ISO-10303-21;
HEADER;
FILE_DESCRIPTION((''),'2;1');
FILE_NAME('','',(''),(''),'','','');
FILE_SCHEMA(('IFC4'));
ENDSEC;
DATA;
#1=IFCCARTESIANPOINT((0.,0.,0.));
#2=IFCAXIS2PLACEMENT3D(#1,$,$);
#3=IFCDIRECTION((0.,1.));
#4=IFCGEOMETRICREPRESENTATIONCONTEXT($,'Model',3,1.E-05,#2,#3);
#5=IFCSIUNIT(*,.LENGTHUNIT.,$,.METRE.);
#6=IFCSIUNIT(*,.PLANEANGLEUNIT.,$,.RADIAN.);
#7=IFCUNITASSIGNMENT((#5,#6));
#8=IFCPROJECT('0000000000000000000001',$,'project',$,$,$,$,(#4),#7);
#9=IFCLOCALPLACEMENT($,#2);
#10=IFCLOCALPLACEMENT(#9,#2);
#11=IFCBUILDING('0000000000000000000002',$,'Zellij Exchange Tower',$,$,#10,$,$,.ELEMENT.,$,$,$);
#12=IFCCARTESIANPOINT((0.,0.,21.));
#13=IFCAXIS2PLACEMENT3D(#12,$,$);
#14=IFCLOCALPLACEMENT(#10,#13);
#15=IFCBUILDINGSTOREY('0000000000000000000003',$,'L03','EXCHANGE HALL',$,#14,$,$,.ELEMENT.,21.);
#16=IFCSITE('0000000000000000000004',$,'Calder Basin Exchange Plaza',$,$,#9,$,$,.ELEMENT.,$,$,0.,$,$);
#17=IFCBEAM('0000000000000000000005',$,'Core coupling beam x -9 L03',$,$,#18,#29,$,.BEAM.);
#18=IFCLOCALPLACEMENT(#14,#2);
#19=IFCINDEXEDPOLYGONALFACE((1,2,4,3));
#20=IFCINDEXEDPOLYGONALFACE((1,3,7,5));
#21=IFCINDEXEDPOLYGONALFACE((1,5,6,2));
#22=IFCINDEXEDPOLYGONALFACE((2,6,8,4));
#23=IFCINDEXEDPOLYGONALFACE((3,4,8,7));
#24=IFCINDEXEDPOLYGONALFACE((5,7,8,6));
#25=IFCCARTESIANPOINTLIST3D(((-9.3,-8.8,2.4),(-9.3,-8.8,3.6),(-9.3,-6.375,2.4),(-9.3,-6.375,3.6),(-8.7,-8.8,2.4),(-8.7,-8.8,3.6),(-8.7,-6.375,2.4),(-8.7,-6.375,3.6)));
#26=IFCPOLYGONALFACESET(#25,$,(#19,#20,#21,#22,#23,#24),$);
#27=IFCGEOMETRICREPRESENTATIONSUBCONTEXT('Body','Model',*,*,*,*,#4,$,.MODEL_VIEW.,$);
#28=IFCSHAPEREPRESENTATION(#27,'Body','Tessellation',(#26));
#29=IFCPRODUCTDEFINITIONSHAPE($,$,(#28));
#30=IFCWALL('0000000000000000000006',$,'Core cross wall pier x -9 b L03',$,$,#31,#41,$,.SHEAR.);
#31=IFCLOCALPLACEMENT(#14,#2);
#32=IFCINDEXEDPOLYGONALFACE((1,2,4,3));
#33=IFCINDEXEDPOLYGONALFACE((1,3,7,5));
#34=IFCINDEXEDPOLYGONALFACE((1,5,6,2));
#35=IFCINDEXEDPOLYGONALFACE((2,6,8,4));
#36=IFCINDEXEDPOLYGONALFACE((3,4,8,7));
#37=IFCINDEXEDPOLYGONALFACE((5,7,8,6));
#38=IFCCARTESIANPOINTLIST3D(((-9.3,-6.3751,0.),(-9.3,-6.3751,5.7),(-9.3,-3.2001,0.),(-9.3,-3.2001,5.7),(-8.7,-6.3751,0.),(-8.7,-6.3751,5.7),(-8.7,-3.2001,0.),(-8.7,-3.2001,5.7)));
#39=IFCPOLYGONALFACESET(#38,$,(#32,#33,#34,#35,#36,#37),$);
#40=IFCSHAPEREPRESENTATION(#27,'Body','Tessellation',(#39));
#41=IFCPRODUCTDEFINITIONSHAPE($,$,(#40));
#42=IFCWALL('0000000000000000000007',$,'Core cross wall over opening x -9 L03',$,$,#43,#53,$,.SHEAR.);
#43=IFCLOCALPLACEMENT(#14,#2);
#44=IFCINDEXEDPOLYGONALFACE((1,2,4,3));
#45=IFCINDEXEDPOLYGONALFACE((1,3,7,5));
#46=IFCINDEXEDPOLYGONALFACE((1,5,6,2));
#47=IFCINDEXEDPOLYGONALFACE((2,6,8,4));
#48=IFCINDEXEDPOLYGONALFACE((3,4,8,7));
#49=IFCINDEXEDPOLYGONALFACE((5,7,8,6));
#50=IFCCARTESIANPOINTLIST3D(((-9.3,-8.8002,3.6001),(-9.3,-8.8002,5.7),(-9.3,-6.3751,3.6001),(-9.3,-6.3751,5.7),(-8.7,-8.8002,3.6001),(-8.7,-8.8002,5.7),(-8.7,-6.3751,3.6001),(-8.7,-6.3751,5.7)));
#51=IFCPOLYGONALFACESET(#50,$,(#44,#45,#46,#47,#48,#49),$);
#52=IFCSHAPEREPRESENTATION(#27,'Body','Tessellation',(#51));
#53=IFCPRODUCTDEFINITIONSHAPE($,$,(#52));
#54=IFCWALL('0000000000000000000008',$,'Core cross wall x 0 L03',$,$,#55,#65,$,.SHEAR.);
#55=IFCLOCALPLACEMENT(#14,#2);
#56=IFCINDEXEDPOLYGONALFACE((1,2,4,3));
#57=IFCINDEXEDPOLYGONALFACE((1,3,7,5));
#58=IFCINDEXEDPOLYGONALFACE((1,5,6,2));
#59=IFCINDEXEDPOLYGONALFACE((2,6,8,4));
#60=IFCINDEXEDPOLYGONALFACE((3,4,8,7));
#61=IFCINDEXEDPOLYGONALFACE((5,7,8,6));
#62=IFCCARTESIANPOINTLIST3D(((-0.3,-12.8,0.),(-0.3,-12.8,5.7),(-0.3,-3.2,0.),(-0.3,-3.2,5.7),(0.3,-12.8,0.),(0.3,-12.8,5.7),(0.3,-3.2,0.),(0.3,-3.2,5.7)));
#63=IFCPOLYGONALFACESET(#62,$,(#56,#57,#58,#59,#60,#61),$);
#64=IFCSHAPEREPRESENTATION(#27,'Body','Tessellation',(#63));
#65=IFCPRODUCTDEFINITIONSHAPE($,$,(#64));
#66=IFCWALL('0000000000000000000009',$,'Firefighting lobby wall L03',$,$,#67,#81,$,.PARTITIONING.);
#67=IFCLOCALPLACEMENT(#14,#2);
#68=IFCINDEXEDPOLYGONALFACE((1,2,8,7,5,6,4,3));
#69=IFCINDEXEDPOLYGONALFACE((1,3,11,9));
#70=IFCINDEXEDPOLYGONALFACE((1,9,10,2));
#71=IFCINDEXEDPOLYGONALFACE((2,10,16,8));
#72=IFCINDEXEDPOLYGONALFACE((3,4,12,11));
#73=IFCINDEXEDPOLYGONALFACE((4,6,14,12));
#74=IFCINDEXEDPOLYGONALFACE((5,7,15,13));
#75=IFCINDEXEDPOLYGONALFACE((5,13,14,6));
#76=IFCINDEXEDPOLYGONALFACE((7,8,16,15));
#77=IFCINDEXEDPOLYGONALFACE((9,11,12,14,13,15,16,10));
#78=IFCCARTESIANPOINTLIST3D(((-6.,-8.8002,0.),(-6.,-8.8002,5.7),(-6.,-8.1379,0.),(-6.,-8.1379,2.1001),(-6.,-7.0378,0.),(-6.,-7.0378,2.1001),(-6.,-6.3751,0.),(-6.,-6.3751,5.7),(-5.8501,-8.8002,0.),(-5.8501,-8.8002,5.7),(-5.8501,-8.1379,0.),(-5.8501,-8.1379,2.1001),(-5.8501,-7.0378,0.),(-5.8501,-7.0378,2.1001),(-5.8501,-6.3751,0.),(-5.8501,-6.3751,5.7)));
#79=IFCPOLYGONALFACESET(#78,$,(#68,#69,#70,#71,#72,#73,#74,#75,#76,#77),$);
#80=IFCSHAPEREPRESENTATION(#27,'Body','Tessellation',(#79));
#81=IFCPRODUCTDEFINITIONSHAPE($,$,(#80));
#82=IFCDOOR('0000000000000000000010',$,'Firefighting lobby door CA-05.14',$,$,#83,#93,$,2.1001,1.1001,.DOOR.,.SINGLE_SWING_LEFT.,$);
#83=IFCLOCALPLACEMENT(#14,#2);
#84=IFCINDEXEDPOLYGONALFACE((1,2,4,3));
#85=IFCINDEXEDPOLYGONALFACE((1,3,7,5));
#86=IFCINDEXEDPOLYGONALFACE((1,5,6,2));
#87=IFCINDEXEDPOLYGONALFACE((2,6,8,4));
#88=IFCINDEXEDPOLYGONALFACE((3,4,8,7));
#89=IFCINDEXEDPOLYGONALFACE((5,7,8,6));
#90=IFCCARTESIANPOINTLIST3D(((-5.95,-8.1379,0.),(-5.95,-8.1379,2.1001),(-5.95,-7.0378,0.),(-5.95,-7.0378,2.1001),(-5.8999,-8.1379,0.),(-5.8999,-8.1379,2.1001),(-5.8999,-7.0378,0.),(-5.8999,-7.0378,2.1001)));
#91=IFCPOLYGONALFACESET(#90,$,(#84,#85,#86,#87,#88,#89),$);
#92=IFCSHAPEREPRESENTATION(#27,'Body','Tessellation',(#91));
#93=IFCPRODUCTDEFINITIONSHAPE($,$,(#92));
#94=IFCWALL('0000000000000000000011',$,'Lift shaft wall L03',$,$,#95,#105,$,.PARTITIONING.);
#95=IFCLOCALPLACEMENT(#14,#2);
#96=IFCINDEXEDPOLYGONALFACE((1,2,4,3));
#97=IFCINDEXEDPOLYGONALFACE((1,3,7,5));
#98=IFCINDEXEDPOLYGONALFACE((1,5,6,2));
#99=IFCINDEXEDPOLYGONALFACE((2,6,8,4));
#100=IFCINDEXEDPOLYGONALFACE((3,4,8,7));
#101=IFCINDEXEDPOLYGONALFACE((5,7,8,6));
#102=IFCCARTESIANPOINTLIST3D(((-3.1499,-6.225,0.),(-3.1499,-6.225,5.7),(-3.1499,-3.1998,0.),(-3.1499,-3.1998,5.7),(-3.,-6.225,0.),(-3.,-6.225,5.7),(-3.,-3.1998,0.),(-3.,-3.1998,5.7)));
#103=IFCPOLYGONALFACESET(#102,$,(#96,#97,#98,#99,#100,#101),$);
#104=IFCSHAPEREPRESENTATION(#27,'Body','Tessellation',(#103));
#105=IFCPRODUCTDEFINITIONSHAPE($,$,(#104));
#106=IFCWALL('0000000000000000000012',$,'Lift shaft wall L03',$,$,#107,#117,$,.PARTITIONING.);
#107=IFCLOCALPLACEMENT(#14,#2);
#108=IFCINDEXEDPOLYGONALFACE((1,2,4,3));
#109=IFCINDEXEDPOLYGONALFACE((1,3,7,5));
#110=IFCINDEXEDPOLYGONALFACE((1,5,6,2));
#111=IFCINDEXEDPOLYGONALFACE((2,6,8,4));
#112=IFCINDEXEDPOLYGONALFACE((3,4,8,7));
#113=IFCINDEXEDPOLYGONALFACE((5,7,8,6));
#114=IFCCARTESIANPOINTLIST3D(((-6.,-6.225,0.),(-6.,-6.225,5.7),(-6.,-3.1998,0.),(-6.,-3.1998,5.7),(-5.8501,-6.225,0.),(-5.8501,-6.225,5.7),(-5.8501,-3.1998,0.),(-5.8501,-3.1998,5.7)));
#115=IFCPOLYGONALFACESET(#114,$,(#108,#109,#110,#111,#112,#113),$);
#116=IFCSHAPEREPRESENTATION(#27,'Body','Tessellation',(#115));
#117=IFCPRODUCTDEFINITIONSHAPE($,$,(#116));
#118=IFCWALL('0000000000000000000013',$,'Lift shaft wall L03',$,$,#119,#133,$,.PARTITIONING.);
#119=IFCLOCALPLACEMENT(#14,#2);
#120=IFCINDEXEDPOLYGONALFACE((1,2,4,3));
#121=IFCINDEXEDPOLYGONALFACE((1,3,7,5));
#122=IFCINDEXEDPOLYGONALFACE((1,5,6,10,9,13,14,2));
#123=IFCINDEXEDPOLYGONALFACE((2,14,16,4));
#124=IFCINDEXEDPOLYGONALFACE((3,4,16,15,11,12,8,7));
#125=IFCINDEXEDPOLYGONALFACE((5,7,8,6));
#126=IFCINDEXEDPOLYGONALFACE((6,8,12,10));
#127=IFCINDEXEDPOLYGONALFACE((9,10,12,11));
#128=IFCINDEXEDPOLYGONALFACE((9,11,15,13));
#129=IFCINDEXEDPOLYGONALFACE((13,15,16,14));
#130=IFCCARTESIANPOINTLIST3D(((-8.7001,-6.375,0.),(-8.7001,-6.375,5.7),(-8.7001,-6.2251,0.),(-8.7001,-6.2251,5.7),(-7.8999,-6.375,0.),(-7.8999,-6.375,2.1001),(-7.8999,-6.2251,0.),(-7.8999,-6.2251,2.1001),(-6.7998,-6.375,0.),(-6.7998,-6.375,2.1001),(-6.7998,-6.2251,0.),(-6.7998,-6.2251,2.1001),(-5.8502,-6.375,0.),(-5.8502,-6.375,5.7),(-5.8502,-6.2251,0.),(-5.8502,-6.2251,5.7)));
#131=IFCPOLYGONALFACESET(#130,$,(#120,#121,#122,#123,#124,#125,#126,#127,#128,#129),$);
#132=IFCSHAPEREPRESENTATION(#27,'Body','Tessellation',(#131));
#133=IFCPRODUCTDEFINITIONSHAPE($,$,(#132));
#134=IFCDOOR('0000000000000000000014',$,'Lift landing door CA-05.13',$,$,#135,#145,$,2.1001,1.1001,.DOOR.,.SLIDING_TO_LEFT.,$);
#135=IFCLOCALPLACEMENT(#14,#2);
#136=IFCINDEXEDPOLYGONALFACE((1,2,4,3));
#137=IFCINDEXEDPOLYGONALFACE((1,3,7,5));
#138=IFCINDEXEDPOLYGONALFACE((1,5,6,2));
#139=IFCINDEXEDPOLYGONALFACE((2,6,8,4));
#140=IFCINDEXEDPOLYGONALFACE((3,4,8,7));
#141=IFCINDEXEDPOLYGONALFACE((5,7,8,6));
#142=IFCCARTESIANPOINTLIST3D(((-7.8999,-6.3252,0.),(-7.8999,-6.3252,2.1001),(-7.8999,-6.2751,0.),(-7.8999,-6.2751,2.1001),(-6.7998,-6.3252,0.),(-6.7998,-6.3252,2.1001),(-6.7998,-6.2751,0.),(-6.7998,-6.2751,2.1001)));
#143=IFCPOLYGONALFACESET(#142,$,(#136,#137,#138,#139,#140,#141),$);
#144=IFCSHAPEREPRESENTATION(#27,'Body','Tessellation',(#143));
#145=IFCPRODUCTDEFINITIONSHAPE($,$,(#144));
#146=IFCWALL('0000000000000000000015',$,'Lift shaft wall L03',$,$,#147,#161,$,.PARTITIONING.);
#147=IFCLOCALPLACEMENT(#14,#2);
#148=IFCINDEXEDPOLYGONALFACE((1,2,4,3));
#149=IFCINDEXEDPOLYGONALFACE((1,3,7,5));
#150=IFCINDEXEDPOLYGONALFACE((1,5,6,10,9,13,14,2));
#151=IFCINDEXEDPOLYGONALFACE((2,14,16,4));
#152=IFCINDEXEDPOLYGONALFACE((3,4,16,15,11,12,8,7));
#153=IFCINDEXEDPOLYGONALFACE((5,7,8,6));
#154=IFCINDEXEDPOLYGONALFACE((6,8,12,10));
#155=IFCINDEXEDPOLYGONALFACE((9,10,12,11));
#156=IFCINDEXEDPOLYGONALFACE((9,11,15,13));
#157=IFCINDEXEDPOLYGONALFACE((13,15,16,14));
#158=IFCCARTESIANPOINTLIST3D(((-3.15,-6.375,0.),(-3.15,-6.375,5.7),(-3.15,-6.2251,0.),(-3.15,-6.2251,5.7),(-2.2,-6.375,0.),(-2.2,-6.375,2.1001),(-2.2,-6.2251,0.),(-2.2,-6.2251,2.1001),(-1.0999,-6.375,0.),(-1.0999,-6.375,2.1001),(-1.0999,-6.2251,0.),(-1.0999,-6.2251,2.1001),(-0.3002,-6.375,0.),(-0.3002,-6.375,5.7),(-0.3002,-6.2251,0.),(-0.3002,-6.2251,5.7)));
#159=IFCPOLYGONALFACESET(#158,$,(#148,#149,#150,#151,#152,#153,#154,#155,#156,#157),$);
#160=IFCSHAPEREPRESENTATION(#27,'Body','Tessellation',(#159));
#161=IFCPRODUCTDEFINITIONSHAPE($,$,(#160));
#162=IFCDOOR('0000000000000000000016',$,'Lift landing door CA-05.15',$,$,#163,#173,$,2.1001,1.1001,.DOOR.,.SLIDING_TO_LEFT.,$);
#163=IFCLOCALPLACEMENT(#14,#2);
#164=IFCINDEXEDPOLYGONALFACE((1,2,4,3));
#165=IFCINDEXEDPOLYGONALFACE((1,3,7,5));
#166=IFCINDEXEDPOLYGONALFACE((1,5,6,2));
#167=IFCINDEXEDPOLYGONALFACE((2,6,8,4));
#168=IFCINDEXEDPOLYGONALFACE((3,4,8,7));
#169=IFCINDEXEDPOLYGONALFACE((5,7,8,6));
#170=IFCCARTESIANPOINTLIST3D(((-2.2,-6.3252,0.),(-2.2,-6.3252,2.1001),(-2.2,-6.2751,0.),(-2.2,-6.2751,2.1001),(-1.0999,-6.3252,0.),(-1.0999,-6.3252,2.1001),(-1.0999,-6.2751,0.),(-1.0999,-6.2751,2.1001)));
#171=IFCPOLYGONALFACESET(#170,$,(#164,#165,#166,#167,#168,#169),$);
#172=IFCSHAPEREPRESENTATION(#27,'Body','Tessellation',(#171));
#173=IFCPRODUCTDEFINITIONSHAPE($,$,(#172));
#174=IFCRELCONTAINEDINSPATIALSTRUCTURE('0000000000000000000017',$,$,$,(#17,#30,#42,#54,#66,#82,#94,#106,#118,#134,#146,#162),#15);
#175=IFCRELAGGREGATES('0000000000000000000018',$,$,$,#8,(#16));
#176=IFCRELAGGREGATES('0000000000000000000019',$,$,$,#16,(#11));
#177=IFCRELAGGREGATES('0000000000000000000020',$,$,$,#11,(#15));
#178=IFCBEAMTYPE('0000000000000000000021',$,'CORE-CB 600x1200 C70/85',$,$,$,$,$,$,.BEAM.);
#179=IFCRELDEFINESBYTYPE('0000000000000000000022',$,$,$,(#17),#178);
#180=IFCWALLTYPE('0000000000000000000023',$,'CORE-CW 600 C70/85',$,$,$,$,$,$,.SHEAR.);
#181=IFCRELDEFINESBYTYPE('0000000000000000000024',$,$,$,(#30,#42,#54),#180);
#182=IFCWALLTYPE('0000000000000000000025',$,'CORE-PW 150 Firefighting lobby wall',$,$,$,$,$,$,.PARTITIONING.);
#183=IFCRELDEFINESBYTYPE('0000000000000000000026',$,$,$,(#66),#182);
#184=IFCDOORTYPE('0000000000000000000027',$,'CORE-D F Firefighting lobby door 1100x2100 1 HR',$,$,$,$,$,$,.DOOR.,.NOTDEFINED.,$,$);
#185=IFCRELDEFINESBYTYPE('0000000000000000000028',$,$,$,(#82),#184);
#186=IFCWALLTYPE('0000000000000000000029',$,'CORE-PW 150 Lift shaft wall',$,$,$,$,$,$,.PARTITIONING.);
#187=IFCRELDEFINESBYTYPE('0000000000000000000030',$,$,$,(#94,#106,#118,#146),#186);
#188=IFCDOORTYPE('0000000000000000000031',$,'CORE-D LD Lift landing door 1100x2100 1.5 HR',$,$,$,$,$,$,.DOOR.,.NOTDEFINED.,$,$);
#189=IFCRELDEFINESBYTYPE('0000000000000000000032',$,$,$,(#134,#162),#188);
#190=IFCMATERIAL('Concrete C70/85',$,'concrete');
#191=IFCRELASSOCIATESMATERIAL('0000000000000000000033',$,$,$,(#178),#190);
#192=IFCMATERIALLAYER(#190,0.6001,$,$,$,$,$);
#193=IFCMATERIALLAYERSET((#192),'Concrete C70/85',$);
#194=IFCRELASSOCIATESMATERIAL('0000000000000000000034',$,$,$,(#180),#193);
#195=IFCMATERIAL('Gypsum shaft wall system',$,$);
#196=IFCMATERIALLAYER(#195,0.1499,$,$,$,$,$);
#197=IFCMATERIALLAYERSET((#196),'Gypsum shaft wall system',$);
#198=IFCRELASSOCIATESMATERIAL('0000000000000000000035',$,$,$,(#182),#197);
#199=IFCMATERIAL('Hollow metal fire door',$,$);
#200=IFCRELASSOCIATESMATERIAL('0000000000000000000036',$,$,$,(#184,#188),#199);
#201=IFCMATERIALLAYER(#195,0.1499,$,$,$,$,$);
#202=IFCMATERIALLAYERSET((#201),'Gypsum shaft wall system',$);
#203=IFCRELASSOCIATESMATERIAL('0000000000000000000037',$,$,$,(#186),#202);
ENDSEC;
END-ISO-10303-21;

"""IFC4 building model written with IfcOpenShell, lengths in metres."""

from ifc_helpers import new_model, si_unit, direction, frame, frame_2d, origin, origin_2d, place, context, subcontext, project, spatial, rectangle, extrude, material, layer, layer_set, material_profile, profile_set, type_object, element, fill, save


model = new_model("IFC4")

# Units and contexts
model_context = context("Model", 3, precision=1e-05, world=origin(), true_north=direction((0.0, 1.0)))
body_context = subcontext(model_context, "Body", "Model", "MODEL_VIEW")
ifc_project = project(units=[si_unit("LENGTHUNIT", "METRE"), si_unit("PLANEANGLEUNIT", "RADIAN")], contexts=[model_context])

# Site, building, storey
site_placement = place(None, origin())
site = spatial("IfcSite", under=ifc_project, at=site_placement, Name="Calder Basin Exchange Plaza", CompositionType="ELEMENT", RefElevation=0.0)
building_placement = place(site_placement, origin())
building = spatial("IfcBuilding", under=site, at=building_placement, Name="Zellij Exchange Tower", CompositionType="ELEMENT")
storey_placement = place(building_placement, frame((0.0, 0.0, 21.0)))
storey = spatial("IfcBuildingStorey", under=building, at=storey_placement, Name="L03", Description="EXCHANGE HALL", CompositionType="ELEMENT", Elevation=21.0)

# Beam
ifc_material_1 = material(Name="Concrete C70/85", Category="concrete")
ifc_material_profile = material_profile(ifc_material_1, rectangle(XDim=0.6001, YDim=1.2, at=origin_2d()), Name="CORE-CB 600x1200 C70/85")
ifc_profile_set = profile_set([ifc_material_profile], Name="Concrete C70/85")
beam_type = type_object("IfcBeamType", Name="CORE-CB 600x1200 C70/85", PredefinedType="BEAM", material=ifc_profile_set)
beam_placement = place(storey_placement, frame((-9.0, -8.8, 3.0), z_axis=(0.0, 1.0, 0.0), x_axis=(-1.0, 0.0, 0.0)))
element("IfcBeam", 1, at=beam_placement, inside=storey, type_object=beam_type, Name="Core coupling beam x -9 L03", PredefinedType="BEAM", context=body_context, shape_type="SweptSolid", body=[
    extrude(rectangle(XDim=0.6001, YDim=1.2, at=origin_2d()), origin(), (0.0, 0.0, 1.0), 2.425),
])

# Walls
ifc_layer_1 = layer(ifc_material_1, 0.6001)
ifc_layer_set_1 = layer_set([ifc_layer_1], Name="Concrete C70/85")
wall_type_1 = type_object("IfcWallType", Name="CORE-CW 600 C70/85", PredefinedType="SHEAR", material=ifc_layer_set_1)
wall_1_placement = place(storey_placement, frame((-9.0, -6.375, 0.0), z_axis=(0.0, 0.0, 1.0), x_axis=(0.0, 1.0, 0.0)))
element("IfcWall", 2, at=wall_1_placement, inside=storey, type_object=wall_type_1, Name="Core cross wall pier x -9 b L03", PredefinedType="SHEAR", context=body_context, shape_type="SweptSolid", body=[
    extrude(rectangle(XDim=3.175, YDim=0.6001, at=frame_2d((1.5874, 0.0))), origin(), (0.0, 0.0, 1.0), 5.7),
])
wall_2_placement = place(storey_placement, frame((-9.0, -8.8, 3.6001), z_axis=(0.0, 0.0, 1.0), x_axis=(0.0, 1.0, 0.0)))
element("IfcWall", 3, at=wall_2_placement, inside=storey, type_object=wall_type_1, Name="Core cross wall over opening x -9 L03", PredefinedType="SHEAR", context=body_context, shape_type="SweptSolid", body=[
    extrude(rectangle(XDim=2.425, YDim=0.6001, at=frame_2d((1.2124, 0.0))), origin(), (0.0, 0.0, 1.0), 2.0999),
])
wall_3_placement = place(storey_placement, frame((0.0, -12.8, 0.0), z_axis=(0.0, 0.0, 1.0), x_axis=(0.0, 1.0, 0.0)))
element("IfcWall", 4, at=wall_3_placement, inside=storey, type_object=wall_type_1, Name="Core cross wall x 0 L03", PredefinedType="SHEAR", context=body_context, shape_type="SweptSolid", body=[
    extrude(rectangle(XDim=9.6001, YDim=0.6001, at=frame_2d((4.8, 0.0))), origin(), (0.0, 0.0, 1.0), 5.7),
])

# Wall, opening, door
ifc_material_2 = material(Name="Gypsum shaft wall system")
ifc_layer_2 = layer(ifc_material_2, 0.1499)
ifc_layer_set_2 = layer_set([ifc_layer_2], Name="Gypsum shaft wall system")
wall_type_2 = type_object("IfcWallType", Name="CORE-PW 150 Firefighting lobby wall", PredefinedType="PARTITIONING", material=ifc_layer_set_2)
wall_4_placement = place(storey_placement, frame((-5.925, -8.8, 0.0), z_axis=(0.0, 0.0, 1.0), x_axis=(0.0, 1.0, 0.0)))
wall_4 = element("IfcWall", 5, at=wall_4_placement, inside=storey, type_object=wall_type_2, Name="Firefighting lobby wall L03", PredefinedType="PARTITIONING", context=body_context, shape_type="SweptSolid", body=[
    extrude(rectangle(XDim=2.425, YDim=0.1499, at=frame_2d((1.2124, 0.0))), origin(), (0.0, 0.0, 1.0), 5.7),
])
opening_1_placement = place(wall_4_placement, frame((0.6621, 0.0, 0.0)))
opening_1 = element("IfcOpeningElement", 6, at=opening_1_placement, cuts=wall_4, PredefinedType="OPENING", context=body_context, shape_type="SweptSolid", body=[
    extrude(rectangle(XDim=1.1001, YDim=2.1001, at=frame_2d((0.55, 1.05))), frame((0.0, 0.0869, 0.0), z_axis=(0.0, -1.0, 0.0), x_axis=(1.0, 0.0, 0.0)), (0.0, 0.0, 1.0), 0.1738),
])
ifc_material_3 = material(Name="Hollow metal fire door")
door_type_1 = type_object("IfcDoorType", Name="CORE-D F Firefighting lobby door 1100x2100 1 HR", OperationType="NOTDEFINED", PredefinedType="DOOR", material=ifc_material_3)
door_1_placement = place(opening_1_placement, origin())
door_1 = element("IfcDoor", 7, at=door_1_placement, inside=storey, type_object=door_type_1, Name="Firefighting lobby door CA-05.14", OperationType="SINGLE_SWING_LEFT", OverallHeight=2.1001, OverallWidth=1.1001, PredefinedType="DOOR", context=body_context, shape_type="SweptSolid", body=[
    extrude(rectangle(XDim=1.1001, YDim=2.1001, at=frame_2d((0.55, 1.05))), frame((0.0, 0.0249, 0.0), z_axis=(0.0, -1.0, 0.0), x_axis=(1.0, 0.0, 0.0)), (0.0, 0.0, 1.0), 0.05),
])
fill(opening_1, door_1)

# Walls
ifc_layer_3 = layer(ifc_material_2, 0.1499)
ifc_layer_set_3 = layer_set([ifc_layer_3], Name="Gypsum shaft wall system")
wall_type_3 = type_object("IfcWallType", Name="CORE-PW 150 Lift shaft wall", PredefinedType="PARTITIONING", material=ifc_layer_set_3)
for number, where, z_axis, x_axis, name in (
    (8, (-3.075, -6.2251, 0.0), (0.0, 0.0, 1.0), (0.0, 1.0, 0.0), "Lift shaft wall L03"),
    (9, (-5.925, -6.2251, 0.0), (0.0, 0.0, 1.0), (0.0, 1.0, 0.0), "Lift shaft wall L03"),
):
    element("IfcWall", number, at=place(storey_placement, frame(where, z_axis=z_axis, x_axis=x_axis)), inside=storey, type_object=wall_type_3, Name=name, PredefinedType="PARTITIONING", context=body_context, shape_type="SweptSolid", body=[
        extrude(rectangle(XDim=3.0251, YDim=0.1499, at=frame_2d((1.5127, 0.0))), origin(), (0.0, 0.0, 1.0), 5.7),
    ])

# Walls, openings, doors
wall_5_placement = place(storey_placement, frame((-8.7, -6.3, 0.0), z_axis=(0.0, 0.0, 1.0), x_axis=(1.0, 0.0, 0.0)))
wall_5 = element("IfcWall", 10, at=wall_5_placement, inside=storey, type_object=wall_type_3, Name="Lift shaft wall L03", PredefinedType="PARTITIONING", context=body_context, shape_type="SweptSolid", body=[
    extrude(rectangle(XDim=2.8499, YDim=0.1499, at=frame_2d((1.4248, 0.0))), origin(), (0.0, 0.0, 1.0), 5.7),
])
opening_2_placement = place(wall_5_placement, frame((0.8, 0.0, 0.0)))
opening_2 = element("IfcOpeningElement", 11, at=opening_2_placement, cuts=wall_5, PredefinedType="OPENING", context=body_context, shape_type="SweptSolid", body=[
    extrude(rectangle(XDim=1.1001, YDim=2.1001, at=frame_2d((0.55, 1.05))), frame((0.0, 0.0869, 0.0), z_axis=(0.0, -1.0, 0.0), x_axis=(1.0, 0.0, 0.0)), (0.0, 0.0, 1.0), 0.1738),
])
door_type_2 = type_object("IfcDoorType", Name="CORE-D LD Lift landing door 1100x2100 1.5 HR", OperationType="NOTDEFINED", PredefinedType="DOOR", material=ifc_material_3)
door_2_placement = place(opening_2_placement, origin())
door_2 = element("IfcDoor", 12, at=door_2_placement, inside=storey, type_object=door_type_2, Name="Lift landing door CA-05.13", OperationType="SLIDING_TO_LEFT", OverallHeight=2.1001, OverallWidth=1.1001, PredefinedType="DOOR", context=body_context, shape_type="SweptSolid", body=[
    extrude(rectangle(XDim=1.1001, YDim=2.1001, at=frame_2d((0.55, 1.05))), frame((0.0, 0.0249, 0.0), z_axis=(0.0, -1.0, 0.0), x_axis=(1.0, 0.0, 0.0)), (0.0, 0.0, 1.0), 0.05),
])
fill(opening_2, door_2)
wall_6_placement = place(storey_placement, frame((-3.1499, -6.3, 0.0), z_axis=(0.0, 0.0, 1.0), x_axis=(1.0, 0.0, 0.0)))
wall_6 = element("IfcWall", 13, at=wall_6_placement, inside=storey, type_object=wall_type_3, Name="Lift shaft wall L03", PredefinedType="PARTITIONING", context=body_context, shape_type="SweptSolid", body=[
    extrude(rectangle(XDim=2.8499, YDim=0.1499, at=frame_2d((1.4248, 0.0))), origin(), (0.0, 0.0, 1.0), 5.7),
])
opening_3_placement = place(wall_6_placement, frame((0.95, 0.0, 0.0)))
opening_3 = element("IfcOpeningElement", 14, at=opening_3_placement, cuts=wall_6, PredefinedType="OPENING", context=body_context, shape_type="SweptSolid", body=[
    extrude(rectangle(XDim=1.1001, YDim=2.1001, at=frame_2d((0.55, 1.05))), frame((0.0, 0.0869, 0.0), z_axis=(0.0, -1.0, 0.0), x_axis=(1.0, 0.0, 0.0)), (0.0, 0.0, 1.0), 0.1738),
])
door_3_placement = place(opening_3_placement, origin())
door_3 = element("IfcDoor", 15, at=door_3_placement, inside=storey, type_object=door_type_2, Name="Lift landing door CA-05.15", OperationType="SLIDING_TO_LEFT", OverallHeight=2.1001, OverallWidth=1.1001, PredefinedType="DOOR", context=body_context, shape_type="SweptSolid", body=[
    extrude(rectangle(XDim=1.1001, YDim=2.1001, at=frame_2d((0.55, 1.05))), frame((0.0, 0.0249, 0.0), z_axis=(0.0, -1.0, 0.0), x_axis=(1.0, 0.0, 0.0)), (0.0, 0.0, 1.0), 0.05),
])
fill(opening_3, door_3)

save(model, "model.ifc")
